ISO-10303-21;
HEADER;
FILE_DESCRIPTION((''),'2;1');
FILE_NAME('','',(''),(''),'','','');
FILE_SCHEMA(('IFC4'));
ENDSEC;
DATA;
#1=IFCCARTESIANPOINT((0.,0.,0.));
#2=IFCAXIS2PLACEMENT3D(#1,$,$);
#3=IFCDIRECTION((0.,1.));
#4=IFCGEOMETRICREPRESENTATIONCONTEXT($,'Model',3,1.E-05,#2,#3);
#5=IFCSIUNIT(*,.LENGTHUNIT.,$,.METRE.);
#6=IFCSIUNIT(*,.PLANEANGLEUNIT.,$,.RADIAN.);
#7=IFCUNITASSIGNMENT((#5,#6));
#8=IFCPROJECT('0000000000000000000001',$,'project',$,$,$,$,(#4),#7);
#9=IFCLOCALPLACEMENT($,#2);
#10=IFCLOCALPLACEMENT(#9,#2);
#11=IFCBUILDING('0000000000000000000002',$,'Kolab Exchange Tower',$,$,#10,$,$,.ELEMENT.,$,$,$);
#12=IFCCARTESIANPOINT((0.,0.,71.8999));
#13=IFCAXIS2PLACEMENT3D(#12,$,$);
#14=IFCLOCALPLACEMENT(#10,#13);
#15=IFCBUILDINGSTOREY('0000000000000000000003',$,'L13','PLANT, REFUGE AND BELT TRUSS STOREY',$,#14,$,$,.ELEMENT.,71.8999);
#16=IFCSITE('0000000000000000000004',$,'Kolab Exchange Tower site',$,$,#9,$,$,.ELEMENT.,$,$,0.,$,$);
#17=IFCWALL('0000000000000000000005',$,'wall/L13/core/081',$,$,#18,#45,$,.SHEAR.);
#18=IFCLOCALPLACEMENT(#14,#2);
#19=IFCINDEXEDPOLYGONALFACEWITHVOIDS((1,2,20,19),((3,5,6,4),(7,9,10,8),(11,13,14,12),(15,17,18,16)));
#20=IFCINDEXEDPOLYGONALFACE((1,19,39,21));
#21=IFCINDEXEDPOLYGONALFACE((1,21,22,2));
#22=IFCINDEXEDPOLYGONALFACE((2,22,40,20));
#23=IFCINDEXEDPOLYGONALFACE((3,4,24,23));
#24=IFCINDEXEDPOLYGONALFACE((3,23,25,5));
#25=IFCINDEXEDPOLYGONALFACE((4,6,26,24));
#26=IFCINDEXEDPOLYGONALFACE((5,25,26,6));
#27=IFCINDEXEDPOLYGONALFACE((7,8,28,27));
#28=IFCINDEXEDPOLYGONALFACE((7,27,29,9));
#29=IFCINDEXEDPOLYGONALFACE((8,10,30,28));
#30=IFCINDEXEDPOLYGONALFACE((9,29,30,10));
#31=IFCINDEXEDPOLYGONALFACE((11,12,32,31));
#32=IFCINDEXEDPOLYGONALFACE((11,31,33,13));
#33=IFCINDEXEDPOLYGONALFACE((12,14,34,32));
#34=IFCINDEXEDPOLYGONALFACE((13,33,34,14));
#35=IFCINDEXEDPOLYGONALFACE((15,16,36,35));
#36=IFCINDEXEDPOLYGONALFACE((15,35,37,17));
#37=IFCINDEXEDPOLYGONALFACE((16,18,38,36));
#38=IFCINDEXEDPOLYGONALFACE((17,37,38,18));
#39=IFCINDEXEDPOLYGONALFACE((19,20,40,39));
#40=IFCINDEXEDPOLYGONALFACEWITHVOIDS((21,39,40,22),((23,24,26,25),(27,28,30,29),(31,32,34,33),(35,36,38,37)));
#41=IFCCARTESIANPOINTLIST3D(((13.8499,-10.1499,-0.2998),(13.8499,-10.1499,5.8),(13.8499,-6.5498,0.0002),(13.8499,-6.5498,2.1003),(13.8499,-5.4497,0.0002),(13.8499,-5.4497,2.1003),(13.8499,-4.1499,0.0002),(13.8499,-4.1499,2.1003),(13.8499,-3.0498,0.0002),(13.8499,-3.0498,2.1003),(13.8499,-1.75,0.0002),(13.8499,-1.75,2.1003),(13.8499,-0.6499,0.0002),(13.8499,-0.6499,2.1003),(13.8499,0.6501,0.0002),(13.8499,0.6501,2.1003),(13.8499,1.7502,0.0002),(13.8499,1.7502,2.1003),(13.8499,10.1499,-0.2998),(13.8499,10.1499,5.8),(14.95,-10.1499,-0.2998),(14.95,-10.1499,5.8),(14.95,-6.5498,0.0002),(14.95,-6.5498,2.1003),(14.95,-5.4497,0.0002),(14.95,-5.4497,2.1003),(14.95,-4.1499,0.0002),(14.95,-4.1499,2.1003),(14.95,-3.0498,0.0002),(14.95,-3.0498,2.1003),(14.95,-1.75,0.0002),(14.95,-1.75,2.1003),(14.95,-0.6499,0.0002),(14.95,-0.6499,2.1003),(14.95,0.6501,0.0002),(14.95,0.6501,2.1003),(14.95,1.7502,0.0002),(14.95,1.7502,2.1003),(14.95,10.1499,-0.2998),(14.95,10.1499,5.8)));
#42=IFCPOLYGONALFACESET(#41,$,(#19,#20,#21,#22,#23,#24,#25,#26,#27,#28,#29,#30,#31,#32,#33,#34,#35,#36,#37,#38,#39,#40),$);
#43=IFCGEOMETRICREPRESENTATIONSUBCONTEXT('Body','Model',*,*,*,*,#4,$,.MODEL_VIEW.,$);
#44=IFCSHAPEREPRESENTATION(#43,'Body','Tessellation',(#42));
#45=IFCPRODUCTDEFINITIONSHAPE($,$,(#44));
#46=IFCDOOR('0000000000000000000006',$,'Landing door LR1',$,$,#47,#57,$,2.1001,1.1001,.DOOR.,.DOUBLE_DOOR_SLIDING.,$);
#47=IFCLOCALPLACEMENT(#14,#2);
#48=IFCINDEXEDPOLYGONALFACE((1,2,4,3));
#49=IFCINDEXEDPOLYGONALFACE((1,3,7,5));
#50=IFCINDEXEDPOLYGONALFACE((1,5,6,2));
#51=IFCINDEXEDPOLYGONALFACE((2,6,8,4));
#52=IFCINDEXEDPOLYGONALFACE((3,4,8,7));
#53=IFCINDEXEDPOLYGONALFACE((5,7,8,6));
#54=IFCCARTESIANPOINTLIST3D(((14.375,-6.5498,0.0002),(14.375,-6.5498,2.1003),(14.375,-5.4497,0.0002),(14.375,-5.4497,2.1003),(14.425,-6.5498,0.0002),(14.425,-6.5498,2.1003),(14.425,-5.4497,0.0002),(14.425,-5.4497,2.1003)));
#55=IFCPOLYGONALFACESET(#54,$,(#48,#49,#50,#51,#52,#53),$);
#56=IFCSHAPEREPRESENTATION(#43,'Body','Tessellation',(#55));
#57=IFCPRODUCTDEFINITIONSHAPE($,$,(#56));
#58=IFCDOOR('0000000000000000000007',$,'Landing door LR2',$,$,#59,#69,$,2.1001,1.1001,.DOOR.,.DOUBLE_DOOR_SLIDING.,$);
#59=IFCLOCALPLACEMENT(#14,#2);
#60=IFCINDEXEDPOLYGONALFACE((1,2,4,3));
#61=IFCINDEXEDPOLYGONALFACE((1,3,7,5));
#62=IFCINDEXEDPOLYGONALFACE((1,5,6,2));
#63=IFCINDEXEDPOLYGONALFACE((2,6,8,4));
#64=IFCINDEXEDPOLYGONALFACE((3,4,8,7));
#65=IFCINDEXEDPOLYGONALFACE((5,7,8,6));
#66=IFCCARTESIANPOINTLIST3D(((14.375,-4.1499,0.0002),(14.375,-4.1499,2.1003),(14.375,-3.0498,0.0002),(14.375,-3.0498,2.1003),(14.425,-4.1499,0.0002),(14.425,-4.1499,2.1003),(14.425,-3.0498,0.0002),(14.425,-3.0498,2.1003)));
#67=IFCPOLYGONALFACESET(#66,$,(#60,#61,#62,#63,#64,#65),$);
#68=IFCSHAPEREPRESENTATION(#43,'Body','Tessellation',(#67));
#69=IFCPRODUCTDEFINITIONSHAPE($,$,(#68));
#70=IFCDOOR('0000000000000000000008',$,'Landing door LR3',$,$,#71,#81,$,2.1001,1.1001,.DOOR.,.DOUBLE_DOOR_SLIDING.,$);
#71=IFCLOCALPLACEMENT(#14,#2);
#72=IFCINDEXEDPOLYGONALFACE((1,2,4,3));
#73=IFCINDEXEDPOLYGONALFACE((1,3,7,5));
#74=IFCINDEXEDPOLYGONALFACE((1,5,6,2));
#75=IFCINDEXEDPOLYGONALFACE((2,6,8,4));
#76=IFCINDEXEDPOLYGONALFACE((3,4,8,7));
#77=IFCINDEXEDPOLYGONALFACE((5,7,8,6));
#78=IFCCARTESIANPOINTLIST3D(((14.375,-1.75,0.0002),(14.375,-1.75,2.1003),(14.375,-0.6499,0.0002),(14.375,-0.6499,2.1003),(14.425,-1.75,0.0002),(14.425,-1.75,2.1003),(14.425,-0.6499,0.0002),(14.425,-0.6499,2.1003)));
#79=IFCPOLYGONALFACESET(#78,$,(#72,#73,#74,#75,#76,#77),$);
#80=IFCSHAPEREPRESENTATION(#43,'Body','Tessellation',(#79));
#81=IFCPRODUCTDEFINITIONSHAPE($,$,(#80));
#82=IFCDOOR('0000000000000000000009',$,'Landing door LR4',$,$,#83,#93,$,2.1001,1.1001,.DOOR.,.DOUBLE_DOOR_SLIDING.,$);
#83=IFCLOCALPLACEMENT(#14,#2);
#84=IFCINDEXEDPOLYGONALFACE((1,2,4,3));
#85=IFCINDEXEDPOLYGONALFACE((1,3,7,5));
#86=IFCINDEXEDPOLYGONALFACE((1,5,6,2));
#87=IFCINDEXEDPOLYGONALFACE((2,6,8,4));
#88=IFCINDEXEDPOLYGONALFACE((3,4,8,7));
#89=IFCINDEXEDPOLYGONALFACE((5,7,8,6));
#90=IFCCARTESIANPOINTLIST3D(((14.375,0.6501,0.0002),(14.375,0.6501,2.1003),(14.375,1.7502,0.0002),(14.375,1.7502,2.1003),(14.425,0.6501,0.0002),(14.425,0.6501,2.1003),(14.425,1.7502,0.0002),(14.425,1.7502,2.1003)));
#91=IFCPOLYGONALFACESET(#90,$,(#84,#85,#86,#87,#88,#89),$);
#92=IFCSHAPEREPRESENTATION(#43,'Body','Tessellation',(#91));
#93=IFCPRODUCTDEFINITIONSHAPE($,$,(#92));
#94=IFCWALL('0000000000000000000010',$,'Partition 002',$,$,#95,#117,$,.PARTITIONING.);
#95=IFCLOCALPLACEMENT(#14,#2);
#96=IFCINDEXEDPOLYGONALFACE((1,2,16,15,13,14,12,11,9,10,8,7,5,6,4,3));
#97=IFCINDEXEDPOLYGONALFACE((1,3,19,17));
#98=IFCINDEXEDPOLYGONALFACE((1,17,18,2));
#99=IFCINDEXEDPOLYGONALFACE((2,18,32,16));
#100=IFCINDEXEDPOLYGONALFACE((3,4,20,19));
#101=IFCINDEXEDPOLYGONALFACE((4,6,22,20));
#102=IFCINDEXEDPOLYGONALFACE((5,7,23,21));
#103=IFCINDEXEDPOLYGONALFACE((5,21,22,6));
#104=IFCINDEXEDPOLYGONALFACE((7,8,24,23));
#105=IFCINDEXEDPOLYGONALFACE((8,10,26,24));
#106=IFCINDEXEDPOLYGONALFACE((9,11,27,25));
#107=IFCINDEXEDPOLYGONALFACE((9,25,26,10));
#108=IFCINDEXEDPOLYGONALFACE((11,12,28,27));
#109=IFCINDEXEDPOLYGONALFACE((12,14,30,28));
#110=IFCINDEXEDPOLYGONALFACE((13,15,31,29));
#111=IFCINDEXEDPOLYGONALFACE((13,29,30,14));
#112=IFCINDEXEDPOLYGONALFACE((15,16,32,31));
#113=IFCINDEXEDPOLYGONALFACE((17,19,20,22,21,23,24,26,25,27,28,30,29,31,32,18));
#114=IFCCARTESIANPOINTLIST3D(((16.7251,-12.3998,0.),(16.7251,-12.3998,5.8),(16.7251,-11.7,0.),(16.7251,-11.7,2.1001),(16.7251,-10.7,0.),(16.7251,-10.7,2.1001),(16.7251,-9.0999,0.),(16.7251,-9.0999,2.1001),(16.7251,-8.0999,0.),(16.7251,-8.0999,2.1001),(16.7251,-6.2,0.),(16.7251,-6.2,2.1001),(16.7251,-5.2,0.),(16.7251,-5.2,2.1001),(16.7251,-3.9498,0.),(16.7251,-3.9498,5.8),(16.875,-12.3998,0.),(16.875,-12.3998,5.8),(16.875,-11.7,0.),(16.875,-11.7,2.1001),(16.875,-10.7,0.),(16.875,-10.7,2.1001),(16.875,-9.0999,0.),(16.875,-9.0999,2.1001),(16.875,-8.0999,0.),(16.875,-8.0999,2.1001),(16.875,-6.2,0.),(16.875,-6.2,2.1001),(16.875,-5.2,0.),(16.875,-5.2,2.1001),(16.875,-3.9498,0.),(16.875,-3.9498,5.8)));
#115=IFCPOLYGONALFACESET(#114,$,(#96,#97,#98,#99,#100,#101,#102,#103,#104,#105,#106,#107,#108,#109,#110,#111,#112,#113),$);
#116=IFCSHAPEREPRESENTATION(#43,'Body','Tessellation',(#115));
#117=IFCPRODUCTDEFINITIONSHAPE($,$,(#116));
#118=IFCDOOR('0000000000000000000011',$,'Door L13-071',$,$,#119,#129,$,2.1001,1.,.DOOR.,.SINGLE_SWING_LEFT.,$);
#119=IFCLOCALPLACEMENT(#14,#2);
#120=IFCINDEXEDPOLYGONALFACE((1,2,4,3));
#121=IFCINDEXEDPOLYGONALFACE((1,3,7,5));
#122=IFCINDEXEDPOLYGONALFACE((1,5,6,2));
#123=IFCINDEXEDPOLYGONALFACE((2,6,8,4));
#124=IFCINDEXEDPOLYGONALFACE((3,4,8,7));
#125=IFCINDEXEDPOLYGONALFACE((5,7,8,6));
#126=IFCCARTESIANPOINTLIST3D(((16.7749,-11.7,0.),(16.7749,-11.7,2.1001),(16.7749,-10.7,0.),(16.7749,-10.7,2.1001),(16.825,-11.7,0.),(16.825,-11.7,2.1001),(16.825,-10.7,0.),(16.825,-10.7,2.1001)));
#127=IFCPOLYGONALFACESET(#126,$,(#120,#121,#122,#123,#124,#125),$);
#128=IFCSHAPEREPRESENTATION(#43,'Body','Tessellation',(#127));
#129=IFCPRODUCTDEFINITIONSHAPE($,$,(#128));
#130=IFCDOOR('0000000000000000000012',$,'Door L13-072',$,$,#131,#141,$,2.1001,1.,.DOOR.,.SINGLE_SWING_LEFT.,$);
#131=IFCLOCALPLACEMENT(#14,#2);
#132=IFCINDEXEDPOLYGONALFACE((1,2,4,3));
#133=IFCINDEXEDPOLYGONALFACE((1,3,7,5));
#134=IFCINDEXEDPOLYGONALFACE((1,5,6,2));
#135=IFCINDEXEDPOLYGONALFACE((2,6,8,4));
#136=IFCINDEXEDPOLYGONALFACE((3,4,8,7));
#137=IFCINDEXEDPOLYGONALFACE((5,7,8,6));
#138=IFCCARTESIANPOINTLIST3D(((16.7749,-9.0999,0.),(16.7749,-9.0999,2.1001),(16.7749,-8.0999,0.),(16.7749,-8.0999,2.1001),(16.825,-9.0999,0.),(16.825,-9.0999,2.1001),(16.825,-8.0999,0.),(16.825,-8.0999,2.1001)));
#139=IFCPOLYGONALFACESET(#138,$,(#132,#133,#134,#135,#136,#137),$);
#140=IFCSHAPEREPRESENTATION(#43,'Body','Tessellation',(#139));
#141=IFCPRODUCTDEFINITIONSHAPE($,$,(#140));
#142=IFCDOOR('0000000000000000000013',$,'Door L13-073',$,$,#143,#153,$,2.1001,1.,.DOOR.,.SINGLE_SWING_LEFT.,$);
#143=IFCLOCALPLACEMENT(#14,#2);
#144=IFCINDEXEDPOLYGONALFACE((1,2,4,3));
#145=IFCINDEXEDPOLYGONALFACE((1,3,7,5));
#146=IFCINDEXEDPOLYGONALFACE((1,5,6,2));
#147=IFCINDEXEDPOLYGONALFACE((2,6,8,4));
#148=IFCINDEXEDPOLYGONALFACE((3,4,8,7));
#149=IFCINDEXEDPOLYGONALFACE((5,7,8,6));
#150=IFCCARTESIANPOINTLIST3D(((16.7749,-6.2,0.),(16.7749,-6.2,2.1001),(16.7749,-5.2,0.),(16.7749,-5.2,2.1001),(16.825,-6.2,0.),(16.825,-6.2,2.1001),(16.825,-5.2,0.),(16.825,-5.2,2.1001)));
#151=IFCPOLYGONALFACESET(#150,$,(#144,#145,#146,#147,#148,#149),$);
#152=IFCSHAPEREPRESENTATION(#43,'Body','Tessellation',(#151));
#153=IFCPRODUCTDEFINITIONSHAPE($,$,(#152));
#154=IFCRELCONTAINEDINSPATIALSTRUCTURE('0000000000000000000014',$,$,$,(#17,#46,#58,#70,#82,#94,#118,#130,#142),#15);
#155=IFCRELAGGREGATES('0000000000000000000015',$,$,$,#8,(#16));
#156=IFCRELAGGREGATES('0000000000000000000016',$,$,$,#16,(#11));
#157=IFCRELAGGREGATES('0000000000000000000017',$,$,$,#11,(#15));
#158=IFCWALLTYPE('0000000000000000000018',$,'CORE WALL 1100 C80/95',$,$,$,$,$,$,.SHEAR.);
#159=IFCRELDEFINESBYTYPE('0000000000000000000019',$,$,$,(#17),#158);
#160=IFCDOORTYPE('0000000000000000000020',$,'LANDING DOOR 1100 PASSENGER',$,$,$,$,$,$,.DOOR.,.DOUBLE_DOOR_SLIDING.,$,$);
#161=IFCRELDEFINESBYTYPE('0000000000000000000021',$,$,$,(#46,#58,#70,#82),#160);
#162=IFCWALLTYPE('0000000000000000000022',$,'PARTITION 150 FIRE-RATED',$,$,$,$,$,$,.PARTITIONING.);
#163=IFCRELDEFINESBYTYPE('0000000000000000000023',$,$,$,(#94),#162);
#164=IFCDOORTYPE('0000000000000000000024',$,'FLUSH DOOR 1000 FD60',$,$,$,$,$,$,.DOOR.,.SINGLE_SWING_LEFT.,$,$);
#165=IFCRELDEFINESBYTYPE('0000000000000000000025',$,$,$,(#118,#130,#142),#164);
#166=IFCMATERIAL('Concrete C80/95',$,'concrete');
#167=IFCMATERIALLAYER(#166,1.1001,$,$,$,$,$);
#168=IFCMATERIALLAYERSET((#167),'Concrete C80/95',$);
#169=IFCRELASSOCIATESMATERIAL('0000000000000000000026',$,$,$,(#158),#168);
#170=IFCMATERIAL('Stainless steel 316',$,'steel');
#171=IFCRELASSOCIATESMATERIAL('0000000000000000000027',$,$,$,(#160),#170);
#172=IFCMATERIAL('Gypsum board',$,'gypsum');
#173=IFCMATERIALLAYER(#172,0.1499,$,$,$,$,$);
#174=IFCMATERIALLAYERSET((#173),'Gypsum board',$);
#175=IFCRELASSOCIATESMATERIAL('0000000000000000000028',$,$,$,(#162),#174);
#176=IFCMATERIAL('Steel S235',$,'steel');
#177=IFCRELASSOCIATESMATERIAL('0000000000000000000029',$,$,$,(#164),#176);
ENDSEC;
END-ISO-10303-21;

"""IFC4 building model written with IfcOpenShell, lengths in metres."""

from ifc_helpers import new_model, si_unit, direction, frame, frame_2d, origin, place, context, subcontext, project, spatial, rectangle, extrude, material, layer, layer_set, type_object, element, fill, save


model = new_model("IFC4")

# Units and contexts
model_context = context("Model", 3, precision=1e-05, world=origin(), true_north=direction((0.0, 1.0)))
body_context = subcontext(model_context, "Body", "Model", "MODEL_VIEW")
ifc_project = project(units=[si_unit("LENGTHUNIT", "METRE"), si_unit("PLANEANGLEUNIT", "RADIAN")], contexts=[model_context])

# Site, building, storey
site_placement = place(None, origin())
site = spatial("IfcSite", under=ifc_project, at=site_placement, Name="Kolab Exchange Tower site", CompositionType="ELEMENT", RefElevation=0.0)
building_placement = place(site_placement, origin())
building = spatial("IfcBuilding", under=site, at=building_placement, Name="Kolab Exchange Tower", CompositionType="ELEMENT")
storey_placement = place(building_placement, frame((0.0, 0.0, 71.8999)))
storey = spatial("IfcBuildingStorey", under=building, at=storey_placement, Name="L13", Description="PLANT, REFUGE AND BELT TRUSS STOREY", CompositionType="ELEMENT", Elevation=71.8999)

# Shared definitions
ifc_material_1 = material(Name="Concrete C80/95", Category="concrete")

# Shared definitions
ifc_layer_1 = layer(ifc_material_1, 1.1001)
ifc_layer_set_1 = layer_set([ifc_layer_1], Name="Concrete C80/95")
wall_type_1 = type_object("IfcWallType", Name="CORE WALL 1100 C80/95", PredefinedType="SHEAR", material=ifc_layer_set_1)
ifc_material_2 = material(Name="Steel S235", Category="steel")

# Walls, openings, doors
wall_1_placement = place(storey_placement, frame((14.3999, -10.1499, -0.2998), z_axis=(0.0, 0.0, 1.0), x_axis=(0.0, 1.0, 0.0)))
wall_1 = element("IfcWall", 1, at=wall_1_placement, inside=storey, type_object=wall_type_1, Name="wall/L13/core/081", PredefinedType="SHEAR", context=body_context, shape_type="SweptSolid", body=[
    extrude(rectangle(XDim=20.2998, YDim=1.1001, at=frame_2d((10.1499, 0.0))), origin(), (0.0, 0.0, 1.0), 6.0999),
])
opening_1_placement = place(wall_1_placement, frame((3.6001, 0.0, 0.3)))
opening_1 = element("IfcOpeningElement", 2, at=opening_1_placement, cuts=wall_1, PredefinedType="OPENING", context=body_context, shape_type="SweptSolid", body=[
    extrude(rectangle(XDim=1.1001, YDim=2.1001, at=frame_2d((0.55, 1.05))), frame((0.0, 0.5601, 0.0), z_axis=(0.0, -1.0, 0.0), x_axis=(1.0, 0.0, 0.0)), (0.0, 0.0, 1.0), 1.1201),
])
opening_2_placement = place(wall_1_placement, frame((6.0, 0.0, 0.3)))
opening_2 = element("IfcOpeningElement", 3, at=opening_2_placement, cuts=wall_1, PredefinedType="OPENING", context=body_context, shape_type="SweptSolid", body=[
    extrude(rectangle(XDim=1.1001, YDim=2.1001, at=frame_2d((0.55, 1.05))), frame((0.0, 0.5601, 0.0), z_axis=(0.0, -1.0, 0.0), x_axis=(1.0, 0.0, 0.0)), (0.0, 0.0, 1.0), 1.1201),
])
opening_3_placement = place(wall_1_placement, frame((8.3999, 0.0, 0.3)))
opening_3 = element("IfcOpeningElement", 4, at=opening_3_placement, cuts=wall_1, PredefinedType="OPENING", context=body_context, shape_type="SweptSolid", body=[
    extrude(rectangle(XDim=1.1001, YDim=2.1001, at=frame_2d((0.55, 1.05))), frame((0.0, 0.5601, 0.0), z_axis=(0.0, -1.0, 0.0), x_axis=(1.0, 0.0, 0.0)), (0.0, 0.0, 1.0), 1.1201),
])
opening_4_placement = place(wall_1_placement, frame((10.8, 0.0, 0.3)))
opening_4 = element("IfcOpeningElement", 5, at=opening_4_placement, cuts=wall_1, PredefinedType="OPENING", context=body_context, shape_type="SweptSolid", body=[
    extrude(rectangle(XDim=1.1001, YDim=2.1001, at=frame_2d((0.55, 1.05))), frame((0.0, 0.5601, 0.0), z_axis=(0.0, -1.0, 0.0), x_axis=(1.0, 0.0, 0.0)), (0.0, 0.0, 1.0), 1.1201),
])
ifc_material_3 = material(Name="Stainless steel 316", Category="steel")
door_type_1 = type_object("IfcDoorType", Name="LANDING DOOR 1100 PASSENGER", OperationType="DOUBLE_DOOR_SLIDING", PredefinedType="DOOR", material=ifc_material_3)
door_1_placement = place(opening_1_placement, origin())
door_1 = element("IfcDoor", 6, at=door_1_placement, inside=storey, type_object=door_type_1, Name="Landing door LR1", OperationType="DOUBLE_DOOR_SLIDING", OverallHeight=2.1001, OverallWidth=1.1001, PredefinedType="DOOR", context=body_context, shape_type="SweptSolid", body=[
    extrude(rectangle(XDim=1.1001, YDim=2.1001, at=frame_2d((0.55, 1.05))), frame((0.0, 0.0249, 0.0), z_axis=(0.0, -1.0, 0.0), x_axis=(1.0, 0.0, 0.0)), (0.0, 0.0, 1.0), 0.05),
])
fill(opening_1, door_1)
door_2_placement = place(opening_2_placement, origin())
door_2 = element("IfcDoor", 7, at=door_2_placement, inside=storey, type_object=door_type_1, Name="Landing door LR2", OperationType="DOUBLE_DOOR_SLIDING", OverallHeight=2.1001, OverallWidth=1.1001, PredefinedType="DOOR", context=body_context, shape_type="SweptSolid", body=[
    extrude(rectangle(XDim=1.1001, YDim=2.1001, at=frame_2d((0.55, 1.05))), frame((0.0, 0.0249, 0.0), z_axis=(0.0, -1.0, 0.0), x_axis=(1.0, 0.0, 0.0)), (0.0, 0.0, 1.0), 0.05),
])
fill(opening_2, door_2)
door_3_placement = place(opening_3_placement, origin())
door_3 = element("IfcDoor", 8, at=door_3_placement, inside=storey, type_object=door_type_1, Name="Landing door LR3", OperationType="DOUBLE_DOOR_SLIDING", OverallHeight=2.1001, OverallWidth=1.1001, PredefinedType="DOOR", context=body_context, shape_type="SweptSolid", body=[
    extrude(rectangle(XDim=1.1001, YDim=2.1001, at=frame_2d((0.55, 1.05))), frame((0.0, 0.0249, 0.0), z_axis=(0.0, -1.0, 0.0), x_axis=(1.0, 0.0, 0.0)), (0.0, 0.0, 1.0), 0.05),
])
fill(opening_3, door_3)
door_4_placement = place(opening_4_placement, origin())
door_4 = element("IfcDoor", 9, at=door_4_placement, inside=storey, type_object=door_type_1, Name="Landing door LR4", OperationType="DOUBLE_DOOR_SLIDING", OverallHeight=2.1001, OverallWidth=1.1001, PredefinedType="DOOR", context=body_context, shape_type="SweptSolid", body=[
    extrude(rectangle(XDim=1.1001, YDim=2.1001, at=frame_2d((0.55, 1.05))), frame((0.0, 0.0249, 0.0), z_axis=(0.0, -1.0, 0.0), x_axis=(1.0, 0.0, 0.0)), (0.0, 0.0, 1.0), 0.05),
])
fill(opening_4, door_4)
ifc_material_4 = material(Name="Gypsum board", Category="gypsum")
ifc_layer_2 = layer(ifc_material_4, 0.1499)
ifc_layer_set_2 = layer_set([ifc_layer_2], Name="Gypsum board")
wall_type_2 = type_object("IfcWallType", Name="PARTITION 150 FIRE-RATED", PredefinedType="PARTITIONING", material=ifc_layer_set_2)
wall_2_placement = place(storey_placement, frame((16.8, -12.3999, 0.0), z_axis=(0.0, 0.0, 1.0), x_axis=(0.0, 1.0, 0.0)))
wall_2 = element("IfcWall", 10, at=wall_2_placement, inside=storey, type_object=wall_type_2, Name="Partition 002", PredefinedType="PARTITIONING", context=body_context, shape_type="SweptSolid", body=[
    extrude(rectangle(XDim=8.45, YDim=0.1499, at=frame_2d((4.2251, 0.0))), origin(), (0.0, 0.0, 1.0), 5.8),
])
opening_5_placement = place(wall_2_placement, frame((0.7, 0.0, 0.0)))
opening_5 = element("IfcOpeningElement", 11, at=opening_5_placement, cuts=wall_2, PredefinedType="OPENING", context=body_context, shape_type="SweptSolid", body=[
    extrude(rectangle(XDim=1.0, YDim=2.1001, at=frame_2d((0.5, 1.05))), frame((0.0, 0.085, 0.0), z_axis=(0.0, -1.0, 0.0), x_axis=(1.0, 0.0, 0.0)), (0.0, 0.0, 1.0), 0.1699),
])
opening_6_placement = place(wall_2_placement, frame((3.3, 0.0, 0.0)))
opening_6 = element("IfcOpeningElement", 12, at=opening_6_placement, cuts=wall_2, PredefinedType="OPENING", context=body_context, shape_type="SweptSolid", body=[
    extrude(rectangle(XDim=1.0, YDim=2.1001, at=frame_2d((0.5, 1.05))), frame((0.0, 0.085, 0.0), z_axis=(0.0, -1.0, 0.0), x_axis=(1.0, 0.0, 0.0)), (0.0, 0.0, 1.0), 0.1699),
])
opening_7_placement = place(wall_2_placement, frame((6.2, 0.0, 0.0)))
opening_7 = element("IfcOpeningElement", 13, at=opening_7_placement, cuts=wall_2, PredefinedType="OPENING", context=body_context, shape_type="SweptSolid", body=[
    extrude(rectangle(XDim=1.0, YDim=2.1001, at=frame_2d((0.5, 1.05))), frame((0.0, 0.085, 0.0), z_axis=(0.0, -1.0, 0.0), x_axis=(1.0, 0.0, 0.0)), (0.0, 0.0, 1.0), 0.1699),
])
door_type_2 = type_object("IfcDoorType", Name="FLUSH DOOR 1000 FD60", OperationType="SINGLE_SWING_LEFT", PredefinedType="DOOR", material=ifc_material_2)
door_5_placement = place(opening_5_placement, frame((1.0, 0.0, 0.0), z_axis=(0.0, 0.0, 1.0), x_axis=(-1.0, 0.0, 0.0)))
door_5 = element("IfcDoor", 14, at=door_5_placement, inside=storey, type_object=door_type_2, Name="Door L13-071", OperationType="SINGLE_SWING_LEFT", OverallHeight=2.1001, OverallWidth=1.0, PredefinedType="DOOR", context=body_context, shape_type="SweptSolid", body=[
    extrude(rectangle(XDim=1.0, YDim=2.1001, at=frame_2d((0.5, 1.05))), frame((0.0, 0.0249, 0.0), z_axis=(0.0, -1.0, 0.0), x_axis=(1.0, 0.0, 0.0)), (0.0, 0.0, 1.0), 0.05),
])
fill(opening_5, door_5)
door_6_placement = place(opening_6_placement, frame((1.0, 0.0, 0.0), z_axis=(0.0, 0.0, 1.0), x_axis=(-1.0, 0.0, 0.0)))
door_6 = element("IfcDoor", 15, at=door_6_placement, inside=storey, type_object=door_type_2, Name="Door L13-072", OperationType="SINGLE_SWING_LEFT", OverallHeight=2.1001, OverallWidth=1.0, PredefinedType="DOOR", context=body_context, shape_type="SweptSolid", body=[
    extrude(rectangle(XDim=1.0, YDim=2.1001, at=frame_2d((0.5, 1.05))), frame((0.0, 0.0249, 0.0), z_axis=(0.0, -1.0, 0.0), x_axis=(1.0, 0.0, 0.0)), (0.0, 0.0, 1.0), 0.05),
])
fill(opening_6, door_6)
door_7_placement = place(opening_7_placement, frame((1.0, 0.0, 0.0), z_axis=(0.0, 0.0, 1.0), x_axis=(-1.0, 0.0, 0.0)))
door_7 = element("IfcDoor", 16, at=door_7_placement, inside=storey, type_object=door_type_2, Name="Door L13-073", OperationType="SINGLE_SWING_LEFT", OverallHeight=2.1001, OverallWidth=1.0, PredefinedType="DOOR", context=body_context, shape_type="SweptSolid", body=[
    extrude(rectangle(XDim=1.0, YDim=2.1001, at=frame_2d((0.5, 1.05))), frame((0.0, 0.0249, 0.0), z_axis=(0.0, -1.0, 0.0), x_axis=(1.0, 0.0, 0.0)), (0.0, 0.0, 1.0), 0.05),
])
fill(opening_7, door_7)

save(model, "model.ifc")
